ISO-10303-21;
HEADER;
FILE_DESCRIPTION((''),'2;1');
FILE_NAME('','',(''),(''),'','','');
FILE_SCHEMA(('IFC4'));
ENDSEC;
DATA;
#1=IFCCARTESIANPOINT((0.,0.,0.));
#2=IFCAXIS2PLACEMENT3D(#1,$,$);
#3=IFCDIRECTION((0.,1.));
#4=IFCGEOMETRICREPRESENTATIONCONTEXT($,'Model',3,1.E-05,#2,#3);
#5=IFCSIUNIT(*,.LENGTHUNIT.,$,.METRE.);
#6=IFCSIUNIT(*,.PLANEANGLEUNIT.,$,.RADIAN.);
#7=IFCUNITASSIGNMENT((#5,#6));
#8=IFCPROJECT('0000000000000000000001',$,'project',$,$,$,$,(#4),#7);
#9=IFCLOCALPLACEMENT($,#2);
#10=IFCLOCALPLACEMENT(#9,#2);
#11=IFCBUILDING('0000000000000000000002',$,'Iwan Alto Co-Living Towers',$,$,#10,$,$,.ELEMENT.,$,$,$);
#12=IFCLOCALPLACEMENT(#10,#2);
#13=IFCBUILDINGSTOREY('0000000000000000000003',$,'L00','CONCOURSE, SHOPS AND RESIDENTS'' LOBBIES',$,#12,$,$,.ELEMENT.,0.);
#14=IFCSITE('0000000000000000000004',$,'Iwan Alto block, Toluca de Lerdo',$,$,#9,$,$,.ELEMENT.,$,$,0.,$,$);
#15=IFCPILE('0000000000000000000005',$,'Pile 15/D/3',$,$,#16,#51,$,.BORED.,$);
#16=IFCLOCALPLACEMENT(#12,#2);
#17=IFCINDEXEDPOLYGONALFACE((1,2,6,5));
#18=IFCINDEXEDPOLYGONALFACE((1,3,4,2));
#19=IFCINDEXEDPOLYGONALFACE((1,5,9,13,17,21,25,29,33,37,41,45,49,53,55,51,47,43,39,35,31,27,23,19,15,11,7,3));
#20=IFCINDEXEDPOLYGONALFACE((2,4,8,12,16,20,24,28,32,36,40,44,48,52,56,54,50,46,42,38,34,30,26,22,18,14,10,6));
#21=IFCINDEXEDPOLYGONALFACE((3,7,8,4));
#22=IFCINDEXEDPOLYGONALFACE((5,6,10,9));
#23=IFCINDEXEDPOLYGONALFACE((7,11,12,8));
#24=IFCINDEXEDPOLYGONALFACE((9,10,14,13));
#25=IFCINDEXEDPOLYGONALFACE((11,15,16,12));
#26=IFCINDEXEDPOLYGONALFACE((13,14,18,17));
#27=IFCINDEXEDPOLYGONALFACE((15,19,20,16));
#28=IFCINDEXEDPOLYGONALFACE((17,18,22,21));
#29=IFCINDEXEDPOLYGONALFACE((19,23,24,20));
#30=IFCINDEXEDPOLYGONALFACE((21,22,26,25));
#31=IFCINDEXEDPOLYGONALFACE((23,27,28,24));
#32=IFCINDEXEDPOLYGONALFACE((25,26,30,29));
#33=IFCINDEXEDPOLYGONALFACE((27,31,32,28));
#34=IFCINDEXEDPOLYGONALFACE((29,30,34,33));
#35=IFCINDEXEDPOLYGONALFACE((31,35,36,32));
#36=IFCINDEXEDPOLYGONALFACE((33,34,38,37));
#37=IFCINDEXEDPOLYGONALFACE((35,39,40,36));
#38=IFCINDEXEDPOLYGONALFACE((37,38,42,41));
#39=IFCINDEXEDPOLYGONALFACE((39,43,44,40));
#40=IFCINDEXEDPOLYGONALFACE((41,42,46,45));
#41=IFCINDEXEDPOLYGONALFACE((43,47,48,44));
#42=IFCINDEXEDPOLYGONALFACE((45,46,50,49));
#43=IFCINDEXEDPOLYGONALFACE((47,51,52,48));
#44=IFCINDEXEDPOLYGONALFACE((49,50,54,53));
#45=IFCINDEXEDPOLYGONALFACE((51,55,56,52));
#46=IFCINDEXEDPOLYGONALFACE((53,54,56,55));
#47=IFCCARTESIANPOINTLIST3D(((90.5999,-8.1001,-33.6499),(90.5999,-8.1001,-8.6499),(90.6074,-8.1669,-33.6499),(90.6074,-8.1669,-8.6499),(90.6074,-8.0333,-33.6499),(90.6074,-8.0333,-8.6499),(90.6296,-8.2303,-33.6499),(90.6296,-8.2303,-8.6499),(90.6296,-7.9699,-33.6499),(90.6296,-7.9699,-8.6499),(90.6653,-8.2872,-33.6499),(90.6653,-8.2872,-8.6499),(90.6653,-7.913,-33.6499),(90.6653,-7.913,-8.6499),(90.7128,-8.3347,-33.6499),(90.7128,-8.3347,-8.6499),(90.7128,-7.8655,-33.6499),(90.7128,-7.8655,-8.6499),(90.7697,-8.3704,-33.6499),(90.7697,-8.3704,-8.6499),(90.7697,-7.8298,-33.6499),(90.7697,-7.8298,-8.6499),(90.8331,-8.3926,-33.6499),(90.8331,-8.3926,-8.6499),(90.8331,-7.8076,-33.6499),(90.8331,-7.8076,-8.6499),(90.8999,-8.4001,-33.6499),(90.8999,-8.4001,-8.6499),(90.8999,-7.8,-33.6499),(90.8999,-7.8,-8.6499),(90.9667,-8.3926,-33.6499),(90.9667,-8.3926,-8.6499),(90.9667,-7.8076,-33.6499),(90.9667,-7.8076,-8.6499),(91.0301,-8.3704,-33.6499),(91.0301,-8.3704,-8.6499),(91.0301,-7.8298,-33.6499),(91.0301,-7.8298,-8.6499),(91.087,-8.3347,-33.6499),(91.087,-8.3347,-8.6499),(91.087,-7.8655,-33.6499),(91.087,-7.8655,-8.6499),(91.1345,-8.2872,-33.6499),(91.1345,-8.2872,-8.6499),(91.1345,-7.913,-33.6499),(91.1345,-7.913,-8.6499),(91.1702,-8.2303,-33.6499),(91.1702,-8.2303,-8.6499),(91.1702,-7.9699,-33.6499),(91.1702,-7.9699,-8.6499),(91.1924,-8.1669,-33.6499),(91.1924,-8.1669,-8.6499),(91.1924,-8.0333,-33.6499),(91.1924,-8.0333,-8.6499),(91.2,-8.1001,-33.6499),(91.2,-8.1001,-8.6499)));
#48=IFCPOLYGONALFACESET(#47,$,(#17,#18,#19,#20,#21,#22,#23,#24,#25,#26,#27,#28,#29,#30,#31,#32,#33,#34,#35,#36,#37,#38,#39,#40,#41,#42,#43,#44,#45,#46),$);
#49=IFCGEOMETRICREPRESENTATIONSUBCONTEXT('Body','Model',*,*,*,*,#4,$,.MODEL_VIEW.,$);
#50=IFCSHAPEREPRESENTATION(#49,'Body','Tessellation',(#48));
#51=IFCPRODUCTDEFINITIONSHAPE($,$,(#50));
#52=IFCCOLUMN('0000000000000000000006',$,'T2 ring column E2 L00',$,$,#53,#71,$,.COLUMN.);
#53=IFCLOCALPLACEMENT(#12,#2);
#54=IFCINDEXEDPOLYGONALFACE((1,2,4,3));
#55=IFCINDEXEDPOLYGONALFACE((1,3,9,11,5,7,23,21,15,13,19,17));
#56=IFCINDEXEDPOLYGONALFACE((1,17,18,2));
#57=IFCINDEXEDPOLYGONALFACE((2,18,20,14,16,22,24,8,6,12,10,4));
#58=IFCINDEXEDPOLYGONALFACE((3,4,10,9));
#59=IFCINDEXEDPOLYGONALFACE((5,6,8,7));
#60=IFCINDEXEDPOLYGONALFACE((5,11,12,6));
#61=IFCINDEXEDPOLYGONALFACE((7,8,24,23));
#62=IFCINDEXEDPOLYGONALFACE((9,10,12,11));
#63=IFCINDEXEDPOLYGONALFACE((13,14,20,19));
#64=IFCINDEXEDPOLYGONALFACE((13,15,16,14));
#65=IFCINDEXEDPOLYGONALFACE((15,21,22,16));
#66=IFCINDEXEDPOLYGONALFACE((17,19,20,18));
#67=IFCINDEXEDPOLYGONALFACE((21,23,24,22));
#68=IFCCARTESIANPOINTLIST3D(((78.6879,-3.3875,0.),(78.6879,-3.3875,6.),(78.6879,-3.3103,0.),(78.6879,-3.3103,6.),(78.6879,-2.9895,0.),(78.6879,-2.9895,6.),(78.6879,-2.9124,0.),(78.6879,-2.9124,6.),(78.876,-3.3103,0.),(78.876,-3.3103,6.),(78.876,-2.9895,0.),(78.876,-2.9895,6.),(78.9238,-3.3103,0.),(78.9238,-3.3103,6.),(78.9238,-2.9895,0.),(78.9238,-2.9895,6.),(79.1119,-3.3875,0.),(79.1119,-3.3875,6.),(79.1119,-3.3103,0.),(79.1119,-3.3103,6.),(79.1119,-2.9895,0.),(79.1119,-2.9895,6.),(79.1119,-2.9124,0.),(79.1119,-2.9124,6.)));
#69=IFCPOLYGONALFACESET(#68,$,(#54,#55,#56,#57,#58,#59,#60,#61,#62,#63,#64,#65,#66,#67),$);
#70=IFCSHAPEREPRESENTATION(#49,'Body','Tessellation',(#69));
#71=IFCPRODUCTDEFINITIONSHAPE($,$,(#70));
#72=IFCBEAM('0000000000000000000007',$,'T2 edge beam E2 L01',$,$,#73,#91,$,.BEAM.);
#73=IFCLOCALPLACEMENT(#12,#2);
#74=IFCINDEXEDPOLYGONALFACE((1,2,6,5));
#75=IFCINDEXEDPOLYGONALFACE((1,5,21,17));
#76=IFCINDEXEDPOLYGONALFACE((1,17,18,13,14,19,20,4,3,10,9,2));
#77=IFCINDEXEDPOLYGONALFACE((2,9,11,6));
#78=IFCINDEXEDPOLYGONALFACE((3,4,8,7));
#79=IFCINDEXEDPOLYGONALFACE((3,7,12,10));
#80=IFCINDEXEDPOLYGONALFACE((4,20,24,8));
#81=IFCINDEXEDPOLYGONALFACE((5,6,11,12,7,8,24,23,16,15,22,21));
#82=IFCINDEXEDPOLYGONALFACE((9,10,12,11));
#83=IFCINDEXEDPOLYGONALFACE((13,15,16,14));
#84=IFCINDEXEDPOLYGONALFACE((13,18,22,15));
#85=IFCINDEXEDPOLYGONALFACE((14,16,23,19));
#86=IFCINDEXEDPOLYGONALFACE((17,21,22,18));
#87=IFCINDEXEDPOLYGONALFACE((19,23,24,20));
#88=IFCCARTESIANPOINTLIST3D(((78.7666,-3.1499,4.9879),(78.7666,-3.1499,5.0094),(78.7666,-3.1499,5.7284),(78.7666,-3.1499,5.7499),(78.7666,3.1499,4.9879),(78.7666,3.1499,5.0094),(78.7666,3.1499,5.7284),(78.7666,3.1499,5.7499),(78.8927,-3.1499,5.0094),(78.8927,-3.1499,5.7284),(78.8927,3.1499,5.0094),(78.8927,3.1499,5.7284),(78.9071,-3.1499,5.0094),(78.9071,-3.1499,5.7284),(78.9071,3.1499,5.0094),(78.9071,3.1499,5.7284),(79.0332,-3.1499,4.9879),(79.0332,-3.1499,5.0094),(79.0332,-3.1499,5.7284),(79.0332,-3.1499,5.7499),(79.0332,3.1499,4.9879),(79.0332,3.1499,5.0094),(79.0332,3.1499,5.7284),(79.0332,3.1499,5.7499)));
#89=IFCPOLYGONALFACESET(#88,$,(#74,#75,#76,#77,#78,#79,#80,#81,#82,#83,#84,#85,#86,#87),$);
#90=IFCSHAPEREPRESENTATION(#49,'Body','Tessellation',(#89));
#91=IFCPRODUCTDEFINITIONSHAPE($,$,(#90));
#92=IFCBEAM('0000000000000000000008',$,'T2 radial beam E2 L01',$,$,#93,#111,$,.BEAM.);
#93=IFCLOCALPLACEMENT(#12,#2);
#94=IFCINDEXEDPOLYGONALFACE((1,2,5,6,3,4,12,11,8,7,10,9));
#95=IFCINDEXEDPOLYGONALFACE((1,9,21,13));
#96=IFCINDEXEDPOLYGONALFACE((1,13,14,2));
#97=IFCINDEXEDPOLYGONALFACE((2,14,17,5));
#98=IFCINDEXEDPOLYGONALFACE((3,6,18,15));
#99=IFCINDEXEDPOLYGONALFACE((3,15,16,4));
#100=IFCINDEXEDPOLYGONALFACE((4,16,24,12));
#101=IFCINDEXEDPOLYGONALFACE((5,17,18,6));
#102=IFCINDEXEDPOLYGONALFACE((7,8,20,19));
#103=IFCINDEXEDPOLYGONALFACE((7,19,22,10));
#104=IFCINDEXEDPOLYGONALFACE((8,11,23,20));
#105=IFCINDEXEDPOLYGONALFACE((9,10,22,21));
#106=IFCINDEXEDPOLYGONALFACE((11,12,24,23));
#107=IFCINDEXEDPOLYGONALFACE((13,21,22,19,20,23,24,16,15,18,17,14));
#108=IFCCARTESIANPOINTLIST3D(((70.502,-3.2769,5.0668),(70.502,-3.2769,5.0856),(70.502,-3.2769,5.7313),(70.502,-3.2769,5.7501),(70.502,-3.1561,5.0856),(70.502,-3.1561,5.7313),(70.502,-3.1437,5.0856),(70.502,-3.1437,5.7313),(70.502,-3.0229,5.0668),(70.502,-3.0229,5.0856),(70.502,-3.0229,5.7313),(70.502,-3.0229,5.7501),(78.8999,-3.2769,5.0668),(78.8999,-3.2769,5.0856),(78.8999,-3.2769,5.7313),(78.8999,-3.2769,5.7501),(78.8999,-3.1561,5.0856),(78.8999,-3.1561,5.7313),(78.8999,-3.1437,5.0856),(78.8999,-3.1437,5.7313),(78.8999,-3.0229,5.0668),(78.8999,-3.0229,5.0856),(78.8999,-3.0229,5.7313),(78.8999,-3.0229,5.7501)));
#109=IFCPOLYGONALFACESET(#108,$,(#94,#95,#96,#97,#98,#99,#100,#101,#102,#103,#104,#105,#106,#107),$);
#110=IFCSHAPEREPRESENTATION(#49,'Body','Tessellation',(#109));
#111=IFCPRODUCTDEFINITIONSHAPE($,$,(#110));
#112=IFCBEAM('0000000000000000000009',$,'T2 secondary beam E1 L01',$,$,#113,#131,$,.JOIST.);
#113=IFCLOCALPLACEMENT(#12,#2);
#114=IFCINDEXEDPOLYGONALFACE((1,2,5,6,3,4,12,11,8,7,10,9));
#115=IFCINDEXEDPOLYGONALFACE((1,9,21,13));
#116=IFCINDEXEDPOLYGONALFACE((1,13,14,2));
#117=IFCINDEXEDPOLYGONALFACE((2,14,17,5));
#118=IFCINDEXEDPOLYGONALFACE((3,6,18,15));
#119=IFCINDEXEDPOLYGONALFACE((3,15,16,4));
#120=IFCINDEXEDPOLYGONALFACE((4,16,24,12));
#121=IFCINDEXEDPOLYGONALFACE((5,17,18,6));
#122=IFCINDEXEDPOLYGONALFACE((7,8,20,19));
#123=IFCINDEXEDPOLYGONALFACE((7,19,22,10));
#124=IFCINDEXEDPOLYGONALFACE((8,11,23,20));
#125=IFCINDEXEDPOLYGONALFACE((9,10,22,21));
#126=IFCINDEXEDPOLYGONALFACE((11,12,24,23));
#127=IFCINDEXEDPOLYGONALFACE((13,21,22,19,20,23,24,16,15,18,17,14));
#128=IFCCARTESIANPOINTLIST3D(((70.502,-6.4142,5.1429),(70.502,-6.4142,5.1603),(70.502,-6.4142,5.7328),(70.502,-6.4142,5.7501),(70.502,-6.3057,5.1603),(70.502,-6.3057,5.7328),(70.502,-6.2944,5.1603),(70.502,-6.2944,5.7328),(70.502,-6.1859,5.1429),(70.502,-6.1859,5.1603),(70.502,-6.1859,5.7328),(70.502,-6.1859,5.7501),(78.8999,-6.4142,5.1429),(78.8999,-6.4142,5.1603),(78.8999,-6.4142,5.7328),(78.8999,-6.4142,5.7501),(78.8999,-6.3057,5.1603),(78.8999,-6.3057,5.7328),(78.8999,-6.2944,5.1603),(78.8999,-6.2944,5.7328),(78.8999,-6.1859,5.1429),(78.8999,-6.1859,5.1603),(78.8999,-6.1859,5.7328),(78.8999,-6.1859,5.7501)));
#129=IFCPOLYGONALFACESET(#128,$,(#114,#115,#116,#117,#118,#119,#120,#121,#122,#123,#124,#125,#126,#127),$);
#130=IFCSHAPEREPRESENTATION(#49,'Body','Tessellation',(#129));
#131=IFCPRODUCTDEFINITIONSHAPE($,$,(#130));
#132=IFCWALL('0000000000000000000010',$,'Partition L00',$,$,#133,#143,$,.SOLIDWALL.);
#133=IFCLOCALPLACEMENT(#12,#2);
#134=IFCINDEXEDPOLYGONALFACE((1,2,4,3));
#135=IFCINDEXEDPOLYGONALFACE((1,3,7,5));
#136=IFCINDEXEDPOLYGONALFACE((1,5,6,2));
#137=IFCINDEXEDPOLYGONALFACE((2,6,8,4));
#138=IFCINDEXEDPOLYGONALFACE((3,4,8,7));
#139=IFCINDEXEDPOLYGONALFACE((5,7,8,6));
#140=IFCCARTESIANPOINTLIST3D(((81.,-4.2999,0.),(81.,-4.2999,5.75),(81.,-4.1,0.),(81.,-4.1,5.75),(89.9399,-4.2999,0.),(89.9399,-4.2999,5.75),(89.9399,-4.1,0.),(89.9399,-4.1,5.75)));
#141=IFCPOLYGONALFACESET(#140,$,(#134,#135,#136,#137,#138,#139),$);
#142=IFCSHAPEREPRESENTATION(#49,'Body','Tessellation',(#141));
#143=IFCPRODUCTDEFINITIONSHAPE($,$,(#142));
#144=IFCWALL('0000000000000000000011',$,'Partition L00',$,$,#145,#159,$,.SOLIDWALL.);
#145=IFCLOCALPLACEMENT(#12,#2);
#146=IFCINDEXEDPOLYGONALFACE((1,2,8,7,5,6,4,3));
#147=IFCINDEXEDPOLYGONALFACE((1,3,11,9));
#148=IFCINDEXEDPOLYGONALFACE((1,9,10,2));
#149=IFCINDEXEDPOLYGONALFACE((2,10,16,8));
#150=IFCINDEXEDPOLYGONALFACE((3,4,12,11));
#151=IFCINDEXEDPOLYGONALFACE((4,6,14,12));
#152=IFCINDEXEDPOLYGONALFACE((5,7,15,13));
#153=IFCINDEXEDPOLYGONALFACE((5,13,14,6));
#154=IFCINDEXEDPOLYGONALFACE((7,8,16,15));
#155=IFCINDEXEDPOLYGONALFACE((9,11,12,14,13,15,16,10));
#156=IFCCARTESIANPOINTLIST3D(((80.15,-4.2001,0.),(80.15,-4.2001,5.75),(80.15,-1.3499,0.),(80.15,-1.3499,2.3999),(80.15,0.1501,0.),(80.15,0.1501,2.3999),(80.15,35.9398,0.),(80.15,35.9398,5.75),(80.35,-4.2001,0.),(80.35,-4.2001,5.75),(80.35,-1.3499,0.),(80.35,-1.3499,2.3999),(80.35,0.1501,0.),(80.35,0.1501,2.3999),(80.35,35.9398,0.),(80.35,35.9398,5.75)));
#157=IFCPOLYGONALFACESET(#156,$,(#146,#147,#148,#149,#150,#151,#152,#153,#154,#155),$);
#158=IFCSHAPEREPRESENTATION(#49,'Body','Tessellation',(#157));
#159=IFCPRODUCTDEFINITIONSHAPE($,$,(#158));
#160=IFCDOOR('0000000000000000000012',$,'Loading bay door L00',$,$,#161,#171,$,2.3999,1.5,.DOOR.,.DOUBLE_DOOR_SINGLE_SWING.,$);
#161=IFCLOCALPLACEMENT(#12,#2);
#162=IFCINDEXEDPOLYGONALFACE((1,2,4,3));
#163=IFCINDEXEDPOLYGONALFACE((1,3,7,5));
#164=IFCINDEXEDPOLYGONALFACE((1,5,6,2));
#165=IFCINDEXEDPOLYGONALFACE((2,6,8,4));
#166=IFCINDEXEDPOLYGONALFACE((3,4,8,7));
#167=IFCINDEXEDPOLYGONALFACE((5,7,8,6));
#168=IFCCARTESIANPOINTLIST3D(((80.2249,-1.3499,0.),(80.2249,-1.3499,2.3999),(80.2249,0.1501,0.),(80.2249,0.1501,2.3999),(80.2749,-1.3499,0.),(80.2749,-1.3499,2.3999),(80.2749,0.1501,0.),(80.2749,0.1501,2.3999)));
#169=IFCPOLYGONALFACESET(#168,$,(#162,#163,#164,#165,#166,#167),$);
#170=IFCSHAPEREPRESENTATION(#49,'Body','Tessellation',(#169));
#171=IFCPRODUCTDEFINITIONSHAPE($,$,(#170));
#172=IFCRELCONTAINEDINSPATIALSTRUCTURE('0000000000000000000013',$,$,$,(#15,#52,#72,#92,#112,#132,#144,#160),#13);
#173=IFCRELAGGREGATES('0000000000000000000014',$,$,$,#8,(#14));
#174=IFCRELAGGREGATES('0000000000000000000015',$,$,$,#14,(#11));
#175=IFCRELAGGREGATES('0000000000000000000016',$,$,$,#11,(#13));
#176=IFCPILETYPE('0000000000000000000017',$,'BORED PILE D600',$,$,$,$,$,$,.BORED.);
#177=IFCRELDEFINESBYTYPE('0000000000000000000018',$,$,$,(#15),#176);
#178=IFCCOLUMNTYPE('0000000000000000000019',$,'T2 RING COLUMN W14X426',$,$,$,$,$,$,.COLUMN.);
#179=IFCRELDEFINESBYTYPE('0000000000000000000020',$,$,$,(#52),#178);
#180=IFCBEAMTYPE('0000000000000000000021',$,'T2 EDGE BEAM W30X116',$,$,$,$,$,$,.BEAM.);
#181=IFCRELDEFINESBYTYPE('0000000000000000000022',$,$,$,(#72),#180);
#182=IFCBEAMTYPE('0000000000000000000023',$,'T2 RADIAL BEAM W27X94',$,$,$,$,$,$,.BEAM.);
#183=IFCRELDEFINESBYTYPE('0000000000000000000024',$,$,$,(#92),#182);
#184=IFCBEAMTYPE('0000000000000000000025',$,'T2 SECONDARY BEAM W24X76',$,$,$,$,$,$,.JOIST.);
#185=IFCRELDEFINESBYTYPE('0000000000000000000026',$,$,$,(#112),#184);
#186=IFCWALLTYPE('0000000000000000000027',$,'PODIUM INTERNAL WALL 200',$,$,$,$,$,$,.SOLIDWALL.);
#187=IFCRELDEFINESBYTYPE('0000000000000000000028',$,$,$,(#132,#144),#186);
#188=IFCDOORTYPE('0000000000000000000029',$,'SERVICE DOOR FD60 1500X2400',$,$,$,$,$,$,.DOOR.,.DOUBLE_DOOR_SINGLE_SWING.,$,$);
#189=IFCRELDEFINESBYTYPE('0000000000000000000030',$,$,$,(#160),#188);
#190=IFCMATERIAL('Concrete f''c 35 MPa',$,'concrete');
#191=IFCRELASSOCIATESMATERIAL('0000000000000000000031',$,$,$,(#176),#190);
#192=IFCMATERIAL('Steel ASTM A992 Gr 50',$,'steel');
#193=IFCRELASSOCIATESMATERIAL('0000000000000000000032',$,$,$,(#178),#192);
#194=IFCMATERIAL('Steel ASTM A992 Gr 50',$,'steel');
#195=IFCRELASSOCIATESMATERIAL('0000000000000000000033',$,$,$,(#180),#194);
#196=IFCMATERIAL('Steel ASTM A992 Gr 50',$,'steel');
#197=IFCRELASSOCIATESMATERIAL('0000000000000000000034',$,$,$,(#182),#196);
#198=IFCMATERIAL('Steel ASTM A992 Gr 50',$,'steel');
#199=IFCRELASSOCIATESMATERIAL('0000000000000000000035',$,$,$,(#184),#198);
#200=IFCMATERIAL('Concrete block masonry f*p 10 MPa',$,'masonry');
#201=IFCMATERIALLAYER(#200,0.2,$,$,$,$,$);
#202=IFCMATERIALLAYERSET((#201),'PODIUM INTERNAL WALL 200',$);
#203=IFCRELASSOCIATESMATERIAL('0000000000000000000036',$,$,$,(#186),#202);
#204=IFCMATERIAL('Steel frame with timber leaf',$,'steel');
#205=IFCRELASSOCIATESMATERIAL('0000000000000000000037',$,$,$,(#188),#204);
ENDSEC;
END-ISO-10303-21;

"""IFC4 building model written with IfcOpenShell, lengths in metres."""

from ifc_helpers import new_model, si_unit, direction, frame, frame_2d, origin, origin_2d, place, context, subcontext, project, spatial, rectangle, circle, i_section, extrude, material, layer, layer_set, material_profile, profile_set, type_object, element, fill, save


model = new_model("IFC4")

# Units and contexts
model_context = context("Model", 3, precision=1e-05, world=origin(), true_north=direction((0.0, 1.0)))
body_context = subcontext(model_context, "Body", "Model", "MODEL_VIEW")
ifc_project = project(units=[si_unit("LENGTHUNIT", "METRE"), si_unit("PLANEANGLEUNIT", "RADIAN")], contexts=[model_context])

# Site, building, storey
site_placement = place(None, origin())
site = spatial("IfcSite", under=ifc_project, at=site_placement, Name="Iwan Alto block, Toluca de Lerdo", CompositionType="ELEMENT", RefElevation=0.0)
building_placement = place(site_placement, origin())
building = spatial("IfcBuilding", under=site, at=building_placement, Name="Iwan Alto Co-Living Towers", CompositionType="ELEMENT")
storey_placement = place(building_placement, origin())
storey = spatial("IfcBuildingStorey", under=building, at=storey_placement, Name="L00", Description="CONCOURSE, SHOPS AND RESIDENTS' LOBBIES", CompositionType="ELEMENT", Elevation=0.0)

# Pile
ifc_material_1 = material(Name="Concrete f'c 35 MPa", Category="concrete")
ifc_material_profile_1 = material_profile(ifc_material_1, circle(Radius=0.3, at=origin_2d()), Name="D600")
ifc_profile_set_1 = profile_set([ifc_material_profile_1], Name="Concrete f'c 35 MPa")
pile_type_1 = type_object("IfcPileType", Name="BORED PILE D600", PredefinedType="BORED", material=ifc_profile_set_1)
pile_placement = place(storey_placement, frame((90.8999, -8.1001, -8.6499), z_axis=(0.0, 0.0, -1.0), x_axis=(1.0, 0.0, 0.0)))
element("IfcPile", 1, at=pile_placement, inside=storey, type_object=pile_type_1, Name="Pile 15/D/3", PredefinedType="BORED", context=body_context, shape_type="SweptSolid", body=[
    extrude(circle(Radius=0.3, at=origin_2d()), origin(), (0.0, 0.0, 1.0), 25.0),
])

# Column
ifc_material_2 = material(Name="Steel ASTM A992 Gr 50", Category="steel")
ifc_material_profile_2 = material_profile(ifc_material_2, i_section(OverallWidth=0.4241, OverallDepth=0.4751, WebThickness=0.0479, FlangeThickness=0.0771, at=origin_2d()), Name="W14X426")
ifc_profile_set_2 = profile_set([ifc_material_profile_2], Name="Steel ASTM A992 Gr 50")
column_type = type_object("IfcColumnType", Name="T2 RING COLUMN W14X426", PredefinedType="COLUMN", material=ifc_profile_set_2)
column_placement = place(storey_placement, frame((78.8999, -3.1499, 0.0), z_axis=(0.0, 0.0, 1.0), x_axis=(1.0, 0.0, 0.0)))
element("IfcColumn", 2, at=column_placement, inside=storey, type_object=column_type, Name="T2 ring column E2 L00", PredefinedType="COLUMN", context=body_context, shape_type="SweptSolid", body=[
    extrude(i_section(OverallWidth=0.4241, OverallDepth=0.4751, WebThickness=0.0479, FlangeThickness=0.0771, at=origin_2d()), origin(), (0.0, 0.0, 1.0), 6.0),
])

# Beams
ifc_material_3 = material(Name="Steel ASTM A992 Gr 50", Category="steel")
ifc_material_profile_3 = material_profile(ifc_material_3, i_section(OverallWidth=0.2666, OverallDepth=0.762, WebThickness=0.0144, FlangeThickness=0.0215, at=origin_2d()), Name="W30X116")
ifc_profile_set_3 = profile_set([ifc_material_profile_3], Name="Steel ASTM A992 Gr 50")
beam_type_1 = type_object("IfcBeamType", Name="T2 EDGE BEAM W30X116", PredefinedType="BEAM", material=ifc_profile_set_3)
beam_1_placement = place(storey_placement, frame((78.8999, -3.1499, 5.3689), z_axis=(0.0, 1.0, 0.0), x_axis=(-1.0, 0.0, 0.0)))
element("IfcBeam", 3, at=beam_1_placement, inside=storey, type_object=beam_type_1, Name="T2 edge beam E2 L01", PredefinedType="BEAM", context=body_context, shape_type="SweptSolid", body=[
    extrude(i_section(OverallWidth=0.2666, OverallDepth=0.762, WebThickness=0.0144, FlangeThickness=0.0215, at=origin_2d()), origin(), (0.0, 0.0, 1.0), 6.2998),
])
ifc_material_4 = material(Name="Steel ASTM A992 Gr 50", Category="steel")
ifc_material_profile_4 = material_profile(ifc_material_4, i_section(OverallWidth=0.2539, OverallDepth=0.6833, WebThickness=0.0125, FlangeThickness=0.0188, at=origin_2d()), Name="W27X94")
ifc_profile_set_4 = profile_set([ifc_material_profile_4], Name="Steel ASTM A992 Gr 50")
beam_type_2 = type_object("IfcBeamType", Name="T2 RADIAL BEAM W27X94", PredefinedType="BEAM", material=ifc_profile_set_4)
beam_2_placement = place(storey_placement, frame((78.8999, -3.1499, 5.4084), z_axis=(-1.0, 0.0, 0.0), x_axis=(0.0, -1.0, 0.0)))
element("IfcBeam", 4, at=beam_2_placement, inside=storey, type_object=beam_type_2, Name="T2 radial beam E2 L01", PredefinedType="BEAM", context=body_context, shape_type="SweptSolid", body=[
    extrude(i_section(OverallWidth=0.2539, OverallDepth=0.6833, WebThickness=0.0125, FlangeThickness=0.0188, at=origin_2d()), origin(), (0.0, 0.0, 1.0), 8.3979),
])
ifc_material_5 = material(Name="Steel ASTM A992 Gr 50", Category="steel")
ifc_material_profile_5 = material_profile(ifc_material_5, i_section(OverallWidth=0.2283, OverallDepth=0.6072, WebThickness=0.0112, FlangeThickness=0.0173, at=origin_2d()), Name="W24X76")
ifc_profile_set_5 = profile_set([ifc_material_profile_5], Name="Steel ASTM A992 Gr 50")
beam_type_3 = type_object("IfcBeamType", Name="T2 SECONDARY BEAM W24X76", PredefinedType="JOIST", material=ifc_profile_set_5)
beam_3_placement = place(storey_placement, frame((78.8999, -6.3, 5.4465), z_axis=(-1.0, 0.0, 0.0), x_axis=(0.0, -1.0, 0.0)))
element("IfcBeam", 5, at=beam_3_placement, inside=storey, type_object=beam_type_3, Name="T2 secondary beam E1 L01", PredefinedType="JOIST", context=body_context, shape_type="SweptSolid", body=[
    extrude(i_section(OverallWidth=0.2283, OverallDepth=0.6072, WebThickness=0.0112, FlangeThickness=0.0173, at=origin_2d()), origin(), (0.0, 0.0, 1.0), 8.3979),
])

# Wall
ifc_material_6 = material(Name="Concrete block masonry f*p 10 MPa", Category="masonry")
ifc_layer_1 = layer(ifc_material_6, 0.2)
ifc_layer_set_1 = layer_set([ifc_layer_1], Name="PODIUM INTERNAL WALL 200")
wall_type_1 = type_object("IfcWallType", Name="PODIUM INTERNAL WALL 200", PredefinedType="SOLIDWALL", material=ifc_layer_set_1)
wall_1_placement = place(storey_placement, frame((81.0, -4.2, 0.0), z_axis=(0.0, 0.0, 1.0), x_axis=(1.0, 0.0, 0.0)))
element("IfcWall", 6, at=wall_1_placement, inside=storey, type_object=wall_type_1, Name="Partition L00", PredefinedType="SOLIDWALL", context=body_context, shape_type="SweptSolid", body=[
    extrude(rectangle(XDim=8.9399, YDim=0.2, at=frame_2d((4.47, 0.0))), origin(), (0.0, 0.0, 1.0), 5.75),
])

# Wall, opening, door
wall_2_placement = place(storey_placement, frame((80.25, -4.2, 0.0), z_axis=(0.0, 0.0, 1.0), x_axis=(0.0, 1.0, 0.0)))
wall_2 = element("IfcWall", 7, at=wall_2_placement, inside=storey, type_object=wall_type_1, Name="Partition L00", PredefinedType="SOLIDWALL", context=body_context, shape_type="SweptSolid", body=[
    extrude(rectangle(XDim=40.1399, YDim=0.2, at=frame_2d((20.0698, 0.0))), origin(), (0.0, 0.0, 1.0), 5.75),
])
opening_placement = place(wall_2_placement, frame((2.8501, 0.0, 0.0)))
opening = element("IfcOpeningElement", 8, at=opening_placement, cuts=wall_2, PredefinedType="OPENING", context=body_context, shape_type="SweptSolid", body=[
    extrude(rectangle(XDim=1.5, YDim=2.3999, at=frame_2d((0.75, 1.2))), frame((0.0, 0.1099, 0.0), z_axis=(0.0, -1.0, 0.0), x_axis=(1.0, 0.0, 0.0)), (0.0, 0.0, 1.0), 0.22),
])
ifc_material_7 = material(Name="Steel frame with timber leaf", Category="steel")
door_type = type_object("IfcDoorType", Name="SERVICE DOOR FD60 1500X2400", OperationType="DOUBLE_DOOR_SINGLE_SWING", PredefinedType="DOOR", material=ifc_material_7)
door_placement = place(opening_placement, frame((1.5, 0.0, 0.0), z_axis=(0.0, 0.0, 1.0), x_axis=(-1.0, 0.0, 0.0)))
door = element("IfcDoor", 9, at=door_placement, inside=storey, type_object=door_type, Name="Loading bay door L00", OperationType="DOUBLE_DOOR_SINGLE_SWING", OverallHeight=2.3999, OverallWidth=1.5, PredefinedType="DOOR", context=body_context, shape_type="SweptSolid", body=[
    extrude(rectangle(XDim=1.5, YDim=2.3999, at=frame_2d((0.75, 1.2))), frame((0.0, 0.0249, 0.0), z_axis=(0.0, -1.0, 0.0), x_axis=(1.0, 0.0, 0.0)), (0.0, 0.0, 1.0), 0.05),
])
fill(opening, door)

save(model, "model.ifc")
